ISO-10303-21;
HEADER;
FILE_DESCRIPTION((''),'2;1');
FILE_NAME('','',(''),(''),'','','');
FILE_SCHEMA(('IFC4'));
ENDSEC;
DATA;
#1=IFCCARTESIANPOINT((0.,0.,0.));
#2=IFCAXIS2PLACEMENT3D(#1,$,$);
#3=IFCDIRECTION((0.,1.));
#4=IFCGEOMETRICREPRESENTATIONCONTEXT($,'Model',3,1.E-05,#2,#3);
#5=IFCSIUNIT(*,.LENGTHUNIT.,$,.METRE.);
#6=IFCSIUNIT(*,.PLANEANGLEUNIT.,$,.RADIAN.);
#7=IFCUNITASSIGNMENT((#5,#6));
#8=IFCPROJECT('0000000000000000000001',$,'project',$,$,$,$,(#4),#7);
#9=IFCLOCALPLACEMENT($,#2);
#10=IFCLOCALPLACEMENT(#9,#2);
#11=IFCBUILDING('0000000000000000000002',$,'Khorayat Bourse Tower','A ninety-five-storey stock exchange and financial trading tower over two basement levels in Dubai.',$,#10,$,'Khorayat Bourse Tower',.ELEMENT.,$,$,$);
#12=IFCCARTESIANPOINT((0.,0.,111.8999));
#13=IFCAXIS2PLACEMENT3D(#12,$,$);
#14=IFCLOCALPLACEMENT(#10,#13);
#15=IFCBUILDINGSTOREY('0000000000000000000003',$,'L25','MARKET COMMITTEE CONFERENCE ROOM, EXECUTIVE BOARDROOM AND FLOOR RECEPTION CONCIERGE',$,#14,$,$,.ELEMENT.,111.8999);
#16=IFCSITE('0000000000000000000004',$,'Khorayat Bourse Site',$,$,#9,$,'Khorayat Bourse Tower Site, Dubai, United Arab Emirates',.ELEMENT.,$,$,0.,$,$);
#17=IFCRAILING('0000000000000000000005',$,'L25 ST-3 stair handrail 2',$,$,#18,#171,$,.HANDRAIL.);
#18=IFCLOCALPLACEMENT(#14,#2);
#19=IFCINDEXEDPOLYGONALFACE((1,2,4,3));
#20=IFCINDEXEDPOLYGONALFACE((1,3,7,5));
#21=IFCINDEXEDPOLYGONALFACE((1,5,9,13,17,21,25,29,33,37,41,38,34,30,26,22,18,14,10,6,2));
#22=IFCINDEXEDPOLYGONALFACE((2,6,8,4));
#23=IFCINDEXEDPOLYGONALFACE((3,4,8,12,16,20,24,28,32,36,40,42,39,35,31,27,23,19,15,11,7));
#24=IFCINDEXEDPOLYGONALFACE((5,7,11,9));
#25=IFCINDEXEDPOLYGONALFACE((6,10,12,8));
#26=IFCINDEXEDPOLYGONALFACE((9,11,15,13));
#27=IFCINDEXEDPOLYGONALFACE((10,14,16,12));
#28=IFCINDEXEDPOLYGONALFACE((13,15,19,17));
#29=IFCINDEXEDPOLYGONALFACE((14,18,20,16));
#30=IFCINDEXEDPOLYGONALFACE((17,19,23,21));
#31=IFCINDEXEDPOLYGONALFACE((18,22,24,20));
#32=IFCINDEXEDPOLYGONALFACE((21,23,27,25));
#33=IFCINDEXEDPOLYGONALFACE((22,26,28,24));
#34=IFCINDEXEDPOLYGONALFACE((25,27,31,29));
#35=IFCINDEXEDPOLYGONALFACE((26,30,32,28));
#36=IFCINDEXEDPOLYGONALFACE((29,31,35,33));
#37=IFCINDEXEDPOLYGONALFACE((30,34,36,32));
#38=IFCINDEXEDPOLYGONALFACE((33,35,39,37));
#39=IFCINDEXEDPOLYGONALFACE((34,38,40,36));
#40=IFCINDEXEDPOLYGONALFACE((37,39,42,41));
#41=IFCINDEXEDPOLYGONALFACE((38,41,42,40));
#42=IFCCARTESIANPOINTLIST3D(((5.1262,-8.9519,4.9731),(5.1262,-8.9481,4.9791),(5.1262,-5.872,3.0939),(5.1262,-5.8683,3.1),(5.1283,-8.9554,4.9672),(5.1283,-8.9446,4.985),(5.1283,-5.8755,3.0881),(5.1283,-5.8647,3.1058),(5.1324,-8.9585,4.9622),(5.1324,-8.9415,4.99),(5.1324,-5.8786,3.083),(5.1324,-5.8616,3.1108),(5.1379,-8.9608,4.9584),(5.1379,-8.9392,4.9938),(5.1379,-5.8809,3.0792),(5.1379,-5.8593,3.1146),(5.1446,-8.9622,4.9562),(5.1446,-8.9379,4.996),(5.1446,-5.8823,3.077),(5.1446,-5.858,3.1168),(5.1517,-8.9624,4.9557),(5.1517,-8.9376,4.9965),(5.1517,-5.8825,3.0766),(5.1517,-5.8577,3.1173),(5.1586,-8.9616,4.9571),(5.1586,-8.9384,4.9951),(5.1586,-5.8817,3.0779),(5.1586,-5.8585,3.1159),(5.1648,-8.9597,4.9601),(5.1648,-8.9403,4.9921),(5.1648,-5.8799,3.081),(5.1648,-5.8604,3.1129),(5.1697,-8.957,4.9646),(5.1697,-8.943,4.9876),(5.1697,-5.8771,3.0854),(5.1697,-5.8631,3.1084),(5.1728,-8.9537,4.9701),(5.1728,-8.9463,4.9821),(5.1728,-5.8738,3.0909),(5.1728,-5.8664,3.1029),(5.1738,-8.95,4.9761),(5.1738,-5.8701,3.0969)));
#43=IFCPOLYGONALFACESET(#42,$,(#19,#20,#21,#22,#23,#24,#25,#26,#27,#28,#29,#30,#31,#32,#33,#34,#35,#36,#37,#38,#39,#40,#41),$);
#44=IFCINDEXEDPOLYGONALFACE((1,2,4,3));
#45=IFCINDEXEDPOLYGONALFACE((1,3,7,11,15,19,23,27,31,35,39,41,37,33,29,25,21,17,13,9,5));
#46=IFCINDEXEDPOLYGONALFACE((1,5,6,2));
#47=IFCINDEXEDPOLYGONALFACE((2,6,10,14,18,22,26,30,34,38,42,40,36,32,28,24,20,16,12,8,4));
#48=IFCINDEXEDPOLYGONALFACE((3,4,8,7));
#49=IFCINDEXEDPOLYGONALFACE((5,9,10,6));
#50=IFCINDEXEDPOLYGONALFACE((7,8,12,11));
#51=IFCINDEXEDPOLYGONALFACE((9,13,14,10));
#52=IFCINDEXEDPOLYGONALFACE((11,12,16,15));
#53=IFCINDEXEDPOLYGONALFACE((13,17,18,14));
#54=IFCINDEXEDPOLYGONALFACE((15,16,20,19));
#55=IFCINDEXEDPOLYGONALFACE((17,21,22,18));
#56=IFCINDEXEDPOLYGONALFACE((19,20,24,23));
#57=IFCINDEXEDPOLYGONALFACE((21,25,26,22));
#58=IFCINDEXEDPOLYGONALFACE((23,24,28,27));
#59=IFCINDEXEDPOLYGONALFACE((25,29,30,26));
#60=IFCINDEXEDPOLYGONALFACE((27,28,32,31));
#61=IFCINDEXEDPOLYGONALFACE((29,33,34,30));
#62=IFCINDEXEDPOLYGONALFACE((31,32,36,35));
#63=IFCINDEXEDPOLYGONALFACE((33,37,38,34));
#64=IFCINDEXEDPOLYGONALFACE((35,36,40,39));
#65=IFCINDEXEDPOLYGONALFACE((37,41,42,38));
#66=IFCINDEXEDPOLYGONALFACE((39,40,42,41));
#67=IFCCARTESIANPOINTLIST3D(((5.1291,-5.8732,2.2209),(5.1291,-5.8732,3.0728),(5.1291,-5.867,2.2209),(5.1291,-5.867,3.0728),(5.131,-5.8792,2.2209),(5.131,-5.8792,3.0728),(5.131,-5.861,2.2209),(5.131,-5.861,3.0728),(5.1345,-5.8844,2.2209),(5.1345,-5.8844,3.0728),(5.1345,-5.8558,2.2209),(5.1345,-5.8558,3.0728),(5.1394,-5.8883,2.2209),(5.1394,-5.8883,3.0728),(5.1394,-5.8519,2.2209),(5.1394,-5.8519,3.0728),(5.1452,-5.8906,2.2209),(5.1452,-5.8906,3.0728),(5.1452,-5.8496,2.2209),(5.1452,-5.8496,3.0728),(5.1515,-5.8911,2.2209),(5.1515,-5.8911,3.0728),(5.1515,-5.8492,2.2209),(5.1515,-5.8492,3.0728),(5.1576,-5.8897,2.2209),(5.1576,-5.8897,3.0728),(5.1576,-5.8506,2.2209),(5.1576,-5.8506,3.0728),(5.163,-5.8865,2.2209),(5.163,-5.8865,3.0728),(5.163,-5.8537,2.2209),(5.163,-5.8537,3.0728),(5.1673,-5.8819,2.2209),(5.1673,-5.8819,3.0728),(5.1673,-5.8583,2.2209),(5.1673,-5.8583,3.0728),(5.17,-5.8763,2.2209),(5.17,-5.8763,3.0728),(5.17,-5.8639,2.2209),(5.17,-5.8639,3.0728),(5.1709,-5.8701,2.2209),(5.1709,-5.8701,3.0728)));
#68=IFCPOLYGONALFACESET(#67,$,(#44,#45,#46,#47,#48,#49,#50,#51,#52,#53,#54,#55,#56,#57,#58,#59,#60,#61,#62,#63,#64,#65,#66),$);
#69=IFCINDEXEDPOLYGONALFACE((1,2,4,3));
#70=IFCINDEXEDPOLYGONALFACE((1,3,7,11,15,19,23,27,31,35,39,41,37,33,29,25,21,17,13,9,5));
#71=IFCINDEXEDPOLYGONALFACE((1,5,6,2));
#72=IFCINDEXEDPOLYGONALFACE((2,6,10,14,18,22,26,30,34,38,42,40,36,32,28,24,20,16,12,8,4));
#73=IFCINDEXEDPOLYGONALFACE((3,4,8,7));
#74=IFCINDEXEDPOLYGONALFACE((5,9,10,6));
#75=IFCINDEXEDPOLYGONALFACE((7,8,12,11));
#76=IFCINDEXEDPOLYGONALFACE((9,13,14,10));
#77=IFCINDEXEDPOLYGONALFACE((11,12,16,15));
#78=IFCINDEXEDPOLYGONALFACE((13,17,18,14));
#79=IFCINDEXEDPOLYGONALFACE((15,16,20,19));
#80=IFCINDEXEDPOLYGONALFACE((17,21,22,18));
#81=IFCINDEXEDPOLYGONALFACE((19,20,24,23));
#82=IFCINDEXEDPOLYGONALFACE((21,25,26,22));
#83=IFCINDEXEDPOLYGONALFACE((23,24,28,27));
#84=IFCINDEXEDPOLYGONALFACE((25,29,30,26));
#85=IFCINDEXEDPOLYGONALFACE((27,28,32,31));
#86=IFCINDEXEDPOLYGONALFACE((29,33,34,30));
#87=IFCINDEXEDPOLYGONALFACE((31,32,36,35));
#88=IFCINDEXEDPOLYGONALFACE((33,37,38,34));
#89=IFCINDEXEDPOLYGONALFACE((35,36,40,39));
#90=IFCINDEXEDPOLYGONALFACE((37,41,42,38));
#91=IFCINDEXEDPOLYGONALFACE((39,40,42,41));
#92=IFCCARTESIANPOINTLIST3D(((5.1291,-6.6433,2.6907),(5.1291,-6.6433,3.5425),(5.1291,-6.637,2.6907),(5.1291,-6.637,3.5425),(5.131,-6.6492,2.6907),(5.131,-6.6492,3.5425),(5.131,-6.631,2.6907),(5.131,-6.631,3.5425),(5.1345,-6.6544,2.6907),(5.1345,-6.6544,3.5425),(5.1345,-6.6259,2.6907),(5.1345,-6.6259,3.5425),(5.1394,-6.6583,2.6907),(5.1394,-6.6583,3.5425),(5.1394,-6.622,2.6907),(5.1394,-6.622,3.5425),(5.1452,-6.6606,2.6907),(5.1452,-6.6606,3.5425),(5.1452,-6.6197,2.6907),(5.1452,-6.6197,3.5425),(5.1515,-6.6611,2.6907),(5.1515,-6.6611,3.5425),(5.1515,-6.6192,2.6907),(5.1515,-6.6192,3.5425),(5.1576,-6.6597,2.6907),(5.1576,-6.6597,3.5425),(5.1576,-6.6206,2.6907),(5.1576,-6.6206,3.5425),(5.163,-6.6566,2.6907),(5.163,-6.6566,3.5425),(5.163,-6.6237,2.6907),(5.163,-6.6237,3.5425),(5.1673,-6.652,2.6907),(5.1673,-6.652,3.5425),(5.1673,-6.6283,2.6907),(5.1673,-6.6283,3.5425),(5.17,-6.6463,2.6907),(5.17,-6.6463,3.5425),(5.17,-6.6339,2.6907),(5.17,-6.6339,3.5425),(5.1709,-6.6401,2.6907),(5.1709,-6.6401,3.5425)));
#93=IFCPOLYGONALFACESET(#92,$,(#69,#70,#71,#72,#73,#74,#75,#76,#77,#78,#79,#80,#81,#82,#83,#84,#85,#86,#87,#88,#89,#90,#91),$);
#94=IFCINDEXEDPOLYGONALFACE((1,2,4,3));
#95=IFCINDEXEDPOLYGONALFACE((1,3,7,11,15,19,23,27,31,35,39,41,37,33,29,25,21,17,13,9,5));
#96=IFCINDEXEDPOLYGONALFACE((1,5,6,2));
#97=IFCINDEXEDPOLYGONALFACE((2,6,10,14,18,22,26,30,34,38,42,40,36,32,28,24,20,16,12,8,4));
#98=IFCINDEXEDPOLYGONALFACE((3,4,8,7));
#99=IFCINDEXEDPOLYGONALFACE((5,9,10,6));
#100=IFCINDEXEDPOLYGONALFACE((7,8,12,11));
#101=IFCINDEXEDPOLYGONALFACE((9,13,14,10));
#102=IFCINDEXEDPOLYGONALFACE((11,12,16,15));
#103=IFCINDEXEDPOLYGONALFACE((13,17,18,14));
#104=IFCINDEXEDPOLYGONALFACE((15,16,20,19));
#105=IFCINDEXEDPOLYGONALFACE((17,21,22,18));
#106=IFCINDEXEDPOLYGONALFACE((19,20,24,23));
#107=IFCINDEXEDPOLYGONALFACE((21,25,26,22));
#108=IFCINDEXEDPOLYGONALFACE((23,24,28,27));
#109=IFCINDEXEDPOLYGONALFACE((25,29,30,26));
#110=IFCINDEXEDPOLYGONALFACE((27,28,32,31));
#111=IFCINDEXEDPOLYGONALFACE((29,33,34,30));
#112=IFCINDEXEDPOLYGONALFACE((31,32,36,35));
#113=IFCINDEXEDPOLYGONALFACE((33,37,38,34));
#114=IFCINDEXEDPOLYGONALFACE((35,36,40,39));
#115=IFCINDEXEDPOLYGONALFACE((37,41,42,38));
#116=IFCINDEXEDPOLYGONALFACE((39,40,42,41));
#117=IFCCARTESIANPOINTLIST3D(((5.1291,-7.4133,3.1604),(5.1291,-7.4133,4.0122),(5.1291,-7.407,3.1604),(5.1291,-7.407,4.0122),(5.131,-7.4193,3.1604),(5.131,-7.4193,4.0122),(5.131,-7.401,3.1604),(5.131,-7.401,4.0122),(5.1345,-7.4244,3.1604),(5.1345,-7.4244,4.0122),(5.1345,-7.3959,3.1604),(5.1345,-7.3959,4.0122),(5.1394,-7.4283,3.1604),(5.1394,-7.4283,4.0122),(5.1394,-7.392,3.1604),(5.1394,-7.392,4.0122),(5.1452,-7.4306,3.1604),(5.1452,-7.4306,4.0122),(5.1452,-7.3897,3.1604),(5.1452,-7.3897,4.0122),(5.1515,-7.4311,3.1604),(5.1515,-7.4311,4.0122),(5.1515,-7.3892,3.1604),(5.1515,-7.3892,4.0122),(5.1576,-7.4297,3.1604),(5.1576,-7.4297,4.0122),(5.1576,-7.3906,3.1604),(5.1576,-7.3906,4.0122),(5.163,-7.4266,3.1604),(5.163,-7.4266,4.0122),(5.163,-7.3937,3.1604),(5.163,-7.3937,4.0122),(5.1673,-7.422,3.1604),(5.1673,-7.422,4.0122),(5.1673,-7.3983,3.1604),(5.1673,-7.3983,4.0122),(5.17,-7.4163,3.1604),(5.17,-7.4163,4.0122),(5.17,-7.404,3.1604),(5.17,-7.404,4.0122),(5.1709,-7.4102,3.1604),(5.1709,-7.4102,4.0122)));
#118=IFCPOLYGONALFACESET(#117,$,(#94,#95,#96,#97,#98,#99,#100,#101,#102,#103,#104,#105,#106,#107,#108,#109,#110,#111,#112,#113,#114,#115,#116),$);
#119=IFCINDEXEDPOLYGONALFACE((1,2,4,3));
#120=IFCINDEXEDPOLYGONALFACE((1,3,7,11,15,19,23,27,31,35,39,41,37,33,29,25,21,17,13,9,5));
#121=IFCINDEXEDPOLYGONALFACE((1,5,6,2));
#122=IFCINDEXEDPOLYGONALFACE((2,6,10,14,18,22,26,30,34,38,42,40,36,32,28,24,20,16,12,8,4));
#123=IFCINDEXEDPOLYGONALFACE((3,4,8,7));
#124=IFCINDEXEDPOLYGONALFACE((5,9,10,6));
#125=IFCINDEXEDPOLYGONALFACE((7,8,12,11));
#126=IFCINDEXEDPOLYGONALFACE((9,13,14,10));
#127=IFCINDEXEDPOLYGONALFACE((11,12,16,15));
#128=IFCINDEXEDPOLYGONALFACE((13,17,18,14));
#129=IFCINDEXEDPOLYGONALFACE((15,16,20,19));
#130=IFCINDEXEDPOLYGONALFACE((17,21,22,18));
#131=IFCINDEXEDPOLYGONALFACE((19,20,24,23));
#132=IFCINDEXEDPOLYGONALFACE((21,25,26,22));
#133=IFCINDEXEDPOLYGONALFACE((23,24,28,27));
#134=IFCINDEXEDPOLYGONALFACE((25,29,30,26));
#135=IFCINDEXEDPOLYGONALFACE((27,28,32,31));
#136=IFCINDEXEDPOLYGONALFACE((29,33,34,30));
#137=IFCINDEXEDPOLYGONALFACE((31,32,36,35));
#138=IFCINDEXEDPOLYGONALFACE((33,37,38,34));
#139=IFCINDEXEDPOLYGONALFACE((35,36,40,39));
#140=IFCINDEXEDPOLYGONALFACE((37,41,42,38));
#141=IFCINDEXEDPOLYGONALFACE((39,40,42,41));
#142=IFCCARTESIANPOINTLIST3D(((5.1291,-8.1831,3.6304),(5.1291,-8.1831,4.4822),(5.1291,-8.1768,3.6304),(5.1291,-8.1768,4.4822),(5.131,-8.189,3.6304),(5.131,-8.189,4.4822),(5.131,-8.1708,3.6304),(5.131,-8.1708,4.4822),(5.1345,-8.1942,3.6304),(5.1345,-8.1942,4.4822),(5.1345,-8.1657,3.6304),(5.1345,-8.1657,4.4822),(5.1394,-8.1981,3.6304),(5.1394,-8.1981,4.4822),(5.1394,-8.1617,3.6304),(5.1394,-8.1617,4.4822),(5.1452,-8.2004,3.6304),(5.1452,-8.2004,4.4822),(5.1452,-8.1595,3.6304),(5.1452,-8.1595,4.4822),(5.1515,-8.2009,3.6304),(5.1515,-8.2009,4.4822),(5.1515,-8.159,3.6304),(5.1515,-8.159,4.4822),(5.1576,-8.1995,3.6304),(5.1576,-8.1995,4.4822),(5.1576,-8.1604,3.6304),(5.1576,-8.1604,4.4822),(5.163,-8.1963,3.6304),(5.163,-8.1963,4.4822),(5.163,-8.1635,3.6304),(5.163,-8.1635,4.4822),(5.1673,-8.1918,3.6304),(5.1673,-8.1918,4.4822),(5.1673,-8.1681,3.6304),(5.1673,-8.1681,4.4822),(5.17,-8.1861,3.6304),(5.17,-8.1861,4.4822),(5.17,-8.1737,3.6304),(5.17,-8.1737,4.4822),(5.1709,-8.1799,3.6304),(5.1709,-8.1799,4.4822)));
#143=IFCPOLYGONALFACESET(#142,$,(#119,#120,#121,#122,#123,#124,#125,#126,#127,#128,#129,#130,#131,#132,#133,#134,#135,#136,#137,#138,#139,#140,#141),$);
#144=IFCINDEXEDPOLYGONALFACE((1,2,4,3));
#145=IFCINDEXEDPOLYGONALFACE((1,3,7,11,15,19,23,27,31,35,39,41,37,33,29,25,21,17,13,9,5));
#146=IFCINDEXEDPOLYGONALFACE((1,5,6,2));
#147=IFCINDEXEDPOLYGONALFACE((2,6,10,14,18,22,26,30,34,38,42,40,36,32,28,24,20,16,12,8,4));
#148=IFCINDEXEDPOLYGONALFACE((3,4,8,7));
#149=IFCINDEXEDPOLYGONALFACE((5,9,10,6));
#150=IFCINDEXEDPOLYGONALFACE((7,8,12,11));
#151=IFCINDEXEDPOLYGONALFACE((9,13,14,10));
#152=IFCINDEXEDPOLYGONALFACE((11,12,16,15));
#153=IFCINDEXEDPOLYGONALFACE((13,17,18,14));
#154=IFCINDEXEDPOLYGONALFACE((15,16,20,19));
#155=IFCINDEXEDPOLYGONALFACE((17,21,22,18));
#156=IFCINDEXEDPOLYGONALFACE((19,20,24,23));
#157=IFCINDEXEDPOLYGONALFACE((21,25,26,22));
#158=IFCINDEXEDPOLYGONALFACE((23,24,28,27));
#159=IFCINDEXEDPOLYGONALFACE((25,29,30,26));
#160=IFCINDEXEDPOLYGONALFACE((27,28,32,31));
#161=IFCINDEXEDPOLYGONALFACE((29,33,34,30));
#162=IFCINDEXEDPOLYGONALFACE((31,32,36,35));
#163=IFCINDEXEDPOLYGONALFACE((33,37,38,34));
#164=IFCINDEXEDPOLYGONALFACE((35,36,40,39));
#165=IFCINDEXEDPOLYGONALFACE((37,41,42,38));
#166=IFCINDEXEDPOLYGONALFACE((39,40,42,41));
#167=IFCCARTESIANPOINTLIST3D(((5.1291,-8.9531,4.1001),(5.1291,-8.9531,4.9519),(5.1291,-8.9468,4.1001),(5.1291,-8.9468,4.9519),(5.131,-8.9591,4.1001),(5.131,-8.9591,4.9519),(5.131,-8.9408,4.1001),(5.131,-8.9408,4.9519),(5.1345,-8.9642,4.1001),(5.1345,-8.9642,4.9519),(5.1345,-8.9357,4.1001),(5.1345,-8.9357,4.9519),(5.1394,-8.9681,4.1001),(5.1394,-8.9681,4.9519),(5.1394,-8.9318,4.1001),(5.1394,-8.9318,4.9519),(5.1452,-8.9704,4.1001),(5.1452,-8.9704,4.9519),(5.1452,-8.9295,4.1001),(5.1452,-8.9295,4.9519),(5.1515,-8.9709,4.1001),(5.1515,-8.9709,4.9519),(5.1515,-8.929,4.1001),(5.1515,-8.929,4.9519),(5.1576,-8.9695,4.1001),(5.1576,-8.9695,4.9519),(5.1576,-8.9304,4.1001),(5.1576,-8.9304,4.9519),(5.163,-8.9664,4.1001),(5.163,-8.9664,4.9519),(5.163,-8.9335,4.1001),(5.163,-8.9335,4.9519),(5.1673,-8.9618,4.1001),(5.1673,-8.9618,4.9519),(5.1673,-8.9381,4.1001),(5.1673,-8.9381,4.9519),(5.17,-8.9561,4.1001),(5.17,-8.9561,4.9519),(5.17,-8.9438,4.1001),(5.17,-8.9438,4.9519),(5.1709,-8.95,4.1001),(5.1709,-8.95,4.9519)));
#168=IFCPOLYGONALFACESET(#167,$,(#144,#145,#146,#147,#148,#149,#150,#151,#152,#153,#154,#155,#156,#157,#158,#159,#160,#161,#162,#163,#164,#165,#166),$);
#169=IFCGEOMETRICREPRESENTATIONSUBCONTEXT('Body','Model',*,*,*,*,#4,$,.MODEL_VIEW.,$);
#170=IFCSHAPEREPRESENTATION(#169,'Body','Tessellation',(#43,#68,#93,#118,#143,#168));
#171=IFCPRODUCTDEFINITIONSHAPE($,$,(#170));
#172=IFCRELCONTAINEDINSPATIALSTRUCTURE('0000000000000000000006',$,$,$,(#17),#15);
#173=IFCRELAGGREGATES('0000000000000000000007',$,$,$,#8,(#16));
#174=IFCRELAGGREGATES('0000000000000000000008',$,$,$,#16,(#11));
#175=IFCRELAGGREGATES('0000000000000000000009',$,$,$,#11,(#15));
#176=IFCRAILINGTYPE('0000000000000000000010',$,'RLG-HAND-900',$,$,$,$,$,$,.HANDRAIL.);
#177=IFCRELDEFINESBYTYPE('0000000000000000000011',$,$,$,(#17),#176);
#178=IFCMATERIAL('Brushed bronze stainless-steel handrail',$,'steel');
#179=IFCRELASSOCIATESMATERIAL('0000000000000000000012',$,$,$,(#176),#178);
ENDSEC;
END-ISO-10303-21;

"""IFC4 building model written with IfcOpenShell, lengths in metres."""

from ifc_helpers import new_model, si_unit, direction, frame, origin, origin_2d, place, context, subcontext, project, spatial, circle, extrude, source, transform, mapped, material, type_object, element, save


model = new_model("IFC4")

# Units and contexts
model_context = context("Model", 3, precision=1e-05, world=origin(), true_north=direction((0.0, 1.0)))
body_context = subcontext(model_context, "Body", "Model", "MODEL_VIEW")
ifc_project = project(units=[si_unit("LENGTHUNIT", "METRE"), si_unit("PLANEANGLEUNIT", "RADIAN")], contexts=[model_context])

# Site, building, storey
site_placement = place(None, origin())
site = spatial("IfcSite", under=ifc_project, at=site_placement, Name="Khorayat Bourse Site", LongName="Khorayat Bourse Tower Site, Dubai, United Arab Emirates", CompositionType="ELEMENT", RefElevation=0.0)
building_placement = place(site_placement, origin())
building = spatial("IfcBuilding", under=site, at=building_placement, Name="Khorayat Bourse Tower", Description="A ninety-five-storey stock exchange and financial trading tower over two basement levels in Dubai.", LongName="Khorayat Bourse Tower", CompositionType="ELEMENT")
storey_placement = place(building_placement, frame((0.0, 0.0, 111.8999)))
storey = spatial("IfcBuildingStorey", under=building, at=storey_placement, Name="L25", Description="MARKET COMMITTEE CONFERENCE ROOM, EXECUTIVE BOARDROOM AND FLOOR RECEPTION CONCIERGE", CompositionType="ELEMENT", Elevation=111.8999)

# Railing
ifc_material_1 = material(Name="Brushed bronze stainless-steel handrail", Category="steel")
railing_type_1 = type_object("IfcRailingType", Name="RLG-HAND-900", PredefinedType="HANDRAIL", material=ifc_material_1)
shared_shape_1 = source(origin(), body_context, "Body", "SweptSolid", [
    extrude(circle(Radius=0.0239, at=origin_2d()), frame((0.0, 0.0, 0.876), z_axis=(0.0, -0.853648, 0.52085), x_axis=(1.0, 0.0, 0.0)), (0.0, 0.0, 1.0), 3.6079),
    extrude(circle(Radius=0.021, at=origin_2d()), origin(), (0.0, 0.0, 1.0), 0.8518),
    extrude(circle(Radius=0.021, at=origin_2d()), frame((0.0, -0.77, 0.4697)), (0.0, 0.0, 1.0), 0.8518),
    extrude(circle(Radius=0.021, at=origin_2d()), frame((0.0, -1.54, 0.9395)), (0.0, 0.0, 1.0), 0.8518),
    extrude(circle(Radius=0.021, at=origin_2d()), frame((0.0, -2.3098, 1.4094)), (0.0, 0.0, 1.0), 0.8518),
    extrude(circle(Radius=0.021, at=origin_2d()), frame((0.0, -3.0798, 1.8792)), (0.0, 0.0, 1.0), 0.8518),
])
railing_1_placement = place(storey_placement, frame((5.1499, -5.8701, 2.2209)))
element("IfcRailing", 1, at=railing_1_placement, inside=storey, type_object=railing_type_1, Name="L25 ST-3 stair handrail 2", PredefinedType="HANDRAIL", context=body_context, shape_type="MappedRepresentation", body=[
    mapped(shared_shape_1, transform((0.0, 0.0, 0.0), scale=1.0)),
])

save(model, "model.ifc")
